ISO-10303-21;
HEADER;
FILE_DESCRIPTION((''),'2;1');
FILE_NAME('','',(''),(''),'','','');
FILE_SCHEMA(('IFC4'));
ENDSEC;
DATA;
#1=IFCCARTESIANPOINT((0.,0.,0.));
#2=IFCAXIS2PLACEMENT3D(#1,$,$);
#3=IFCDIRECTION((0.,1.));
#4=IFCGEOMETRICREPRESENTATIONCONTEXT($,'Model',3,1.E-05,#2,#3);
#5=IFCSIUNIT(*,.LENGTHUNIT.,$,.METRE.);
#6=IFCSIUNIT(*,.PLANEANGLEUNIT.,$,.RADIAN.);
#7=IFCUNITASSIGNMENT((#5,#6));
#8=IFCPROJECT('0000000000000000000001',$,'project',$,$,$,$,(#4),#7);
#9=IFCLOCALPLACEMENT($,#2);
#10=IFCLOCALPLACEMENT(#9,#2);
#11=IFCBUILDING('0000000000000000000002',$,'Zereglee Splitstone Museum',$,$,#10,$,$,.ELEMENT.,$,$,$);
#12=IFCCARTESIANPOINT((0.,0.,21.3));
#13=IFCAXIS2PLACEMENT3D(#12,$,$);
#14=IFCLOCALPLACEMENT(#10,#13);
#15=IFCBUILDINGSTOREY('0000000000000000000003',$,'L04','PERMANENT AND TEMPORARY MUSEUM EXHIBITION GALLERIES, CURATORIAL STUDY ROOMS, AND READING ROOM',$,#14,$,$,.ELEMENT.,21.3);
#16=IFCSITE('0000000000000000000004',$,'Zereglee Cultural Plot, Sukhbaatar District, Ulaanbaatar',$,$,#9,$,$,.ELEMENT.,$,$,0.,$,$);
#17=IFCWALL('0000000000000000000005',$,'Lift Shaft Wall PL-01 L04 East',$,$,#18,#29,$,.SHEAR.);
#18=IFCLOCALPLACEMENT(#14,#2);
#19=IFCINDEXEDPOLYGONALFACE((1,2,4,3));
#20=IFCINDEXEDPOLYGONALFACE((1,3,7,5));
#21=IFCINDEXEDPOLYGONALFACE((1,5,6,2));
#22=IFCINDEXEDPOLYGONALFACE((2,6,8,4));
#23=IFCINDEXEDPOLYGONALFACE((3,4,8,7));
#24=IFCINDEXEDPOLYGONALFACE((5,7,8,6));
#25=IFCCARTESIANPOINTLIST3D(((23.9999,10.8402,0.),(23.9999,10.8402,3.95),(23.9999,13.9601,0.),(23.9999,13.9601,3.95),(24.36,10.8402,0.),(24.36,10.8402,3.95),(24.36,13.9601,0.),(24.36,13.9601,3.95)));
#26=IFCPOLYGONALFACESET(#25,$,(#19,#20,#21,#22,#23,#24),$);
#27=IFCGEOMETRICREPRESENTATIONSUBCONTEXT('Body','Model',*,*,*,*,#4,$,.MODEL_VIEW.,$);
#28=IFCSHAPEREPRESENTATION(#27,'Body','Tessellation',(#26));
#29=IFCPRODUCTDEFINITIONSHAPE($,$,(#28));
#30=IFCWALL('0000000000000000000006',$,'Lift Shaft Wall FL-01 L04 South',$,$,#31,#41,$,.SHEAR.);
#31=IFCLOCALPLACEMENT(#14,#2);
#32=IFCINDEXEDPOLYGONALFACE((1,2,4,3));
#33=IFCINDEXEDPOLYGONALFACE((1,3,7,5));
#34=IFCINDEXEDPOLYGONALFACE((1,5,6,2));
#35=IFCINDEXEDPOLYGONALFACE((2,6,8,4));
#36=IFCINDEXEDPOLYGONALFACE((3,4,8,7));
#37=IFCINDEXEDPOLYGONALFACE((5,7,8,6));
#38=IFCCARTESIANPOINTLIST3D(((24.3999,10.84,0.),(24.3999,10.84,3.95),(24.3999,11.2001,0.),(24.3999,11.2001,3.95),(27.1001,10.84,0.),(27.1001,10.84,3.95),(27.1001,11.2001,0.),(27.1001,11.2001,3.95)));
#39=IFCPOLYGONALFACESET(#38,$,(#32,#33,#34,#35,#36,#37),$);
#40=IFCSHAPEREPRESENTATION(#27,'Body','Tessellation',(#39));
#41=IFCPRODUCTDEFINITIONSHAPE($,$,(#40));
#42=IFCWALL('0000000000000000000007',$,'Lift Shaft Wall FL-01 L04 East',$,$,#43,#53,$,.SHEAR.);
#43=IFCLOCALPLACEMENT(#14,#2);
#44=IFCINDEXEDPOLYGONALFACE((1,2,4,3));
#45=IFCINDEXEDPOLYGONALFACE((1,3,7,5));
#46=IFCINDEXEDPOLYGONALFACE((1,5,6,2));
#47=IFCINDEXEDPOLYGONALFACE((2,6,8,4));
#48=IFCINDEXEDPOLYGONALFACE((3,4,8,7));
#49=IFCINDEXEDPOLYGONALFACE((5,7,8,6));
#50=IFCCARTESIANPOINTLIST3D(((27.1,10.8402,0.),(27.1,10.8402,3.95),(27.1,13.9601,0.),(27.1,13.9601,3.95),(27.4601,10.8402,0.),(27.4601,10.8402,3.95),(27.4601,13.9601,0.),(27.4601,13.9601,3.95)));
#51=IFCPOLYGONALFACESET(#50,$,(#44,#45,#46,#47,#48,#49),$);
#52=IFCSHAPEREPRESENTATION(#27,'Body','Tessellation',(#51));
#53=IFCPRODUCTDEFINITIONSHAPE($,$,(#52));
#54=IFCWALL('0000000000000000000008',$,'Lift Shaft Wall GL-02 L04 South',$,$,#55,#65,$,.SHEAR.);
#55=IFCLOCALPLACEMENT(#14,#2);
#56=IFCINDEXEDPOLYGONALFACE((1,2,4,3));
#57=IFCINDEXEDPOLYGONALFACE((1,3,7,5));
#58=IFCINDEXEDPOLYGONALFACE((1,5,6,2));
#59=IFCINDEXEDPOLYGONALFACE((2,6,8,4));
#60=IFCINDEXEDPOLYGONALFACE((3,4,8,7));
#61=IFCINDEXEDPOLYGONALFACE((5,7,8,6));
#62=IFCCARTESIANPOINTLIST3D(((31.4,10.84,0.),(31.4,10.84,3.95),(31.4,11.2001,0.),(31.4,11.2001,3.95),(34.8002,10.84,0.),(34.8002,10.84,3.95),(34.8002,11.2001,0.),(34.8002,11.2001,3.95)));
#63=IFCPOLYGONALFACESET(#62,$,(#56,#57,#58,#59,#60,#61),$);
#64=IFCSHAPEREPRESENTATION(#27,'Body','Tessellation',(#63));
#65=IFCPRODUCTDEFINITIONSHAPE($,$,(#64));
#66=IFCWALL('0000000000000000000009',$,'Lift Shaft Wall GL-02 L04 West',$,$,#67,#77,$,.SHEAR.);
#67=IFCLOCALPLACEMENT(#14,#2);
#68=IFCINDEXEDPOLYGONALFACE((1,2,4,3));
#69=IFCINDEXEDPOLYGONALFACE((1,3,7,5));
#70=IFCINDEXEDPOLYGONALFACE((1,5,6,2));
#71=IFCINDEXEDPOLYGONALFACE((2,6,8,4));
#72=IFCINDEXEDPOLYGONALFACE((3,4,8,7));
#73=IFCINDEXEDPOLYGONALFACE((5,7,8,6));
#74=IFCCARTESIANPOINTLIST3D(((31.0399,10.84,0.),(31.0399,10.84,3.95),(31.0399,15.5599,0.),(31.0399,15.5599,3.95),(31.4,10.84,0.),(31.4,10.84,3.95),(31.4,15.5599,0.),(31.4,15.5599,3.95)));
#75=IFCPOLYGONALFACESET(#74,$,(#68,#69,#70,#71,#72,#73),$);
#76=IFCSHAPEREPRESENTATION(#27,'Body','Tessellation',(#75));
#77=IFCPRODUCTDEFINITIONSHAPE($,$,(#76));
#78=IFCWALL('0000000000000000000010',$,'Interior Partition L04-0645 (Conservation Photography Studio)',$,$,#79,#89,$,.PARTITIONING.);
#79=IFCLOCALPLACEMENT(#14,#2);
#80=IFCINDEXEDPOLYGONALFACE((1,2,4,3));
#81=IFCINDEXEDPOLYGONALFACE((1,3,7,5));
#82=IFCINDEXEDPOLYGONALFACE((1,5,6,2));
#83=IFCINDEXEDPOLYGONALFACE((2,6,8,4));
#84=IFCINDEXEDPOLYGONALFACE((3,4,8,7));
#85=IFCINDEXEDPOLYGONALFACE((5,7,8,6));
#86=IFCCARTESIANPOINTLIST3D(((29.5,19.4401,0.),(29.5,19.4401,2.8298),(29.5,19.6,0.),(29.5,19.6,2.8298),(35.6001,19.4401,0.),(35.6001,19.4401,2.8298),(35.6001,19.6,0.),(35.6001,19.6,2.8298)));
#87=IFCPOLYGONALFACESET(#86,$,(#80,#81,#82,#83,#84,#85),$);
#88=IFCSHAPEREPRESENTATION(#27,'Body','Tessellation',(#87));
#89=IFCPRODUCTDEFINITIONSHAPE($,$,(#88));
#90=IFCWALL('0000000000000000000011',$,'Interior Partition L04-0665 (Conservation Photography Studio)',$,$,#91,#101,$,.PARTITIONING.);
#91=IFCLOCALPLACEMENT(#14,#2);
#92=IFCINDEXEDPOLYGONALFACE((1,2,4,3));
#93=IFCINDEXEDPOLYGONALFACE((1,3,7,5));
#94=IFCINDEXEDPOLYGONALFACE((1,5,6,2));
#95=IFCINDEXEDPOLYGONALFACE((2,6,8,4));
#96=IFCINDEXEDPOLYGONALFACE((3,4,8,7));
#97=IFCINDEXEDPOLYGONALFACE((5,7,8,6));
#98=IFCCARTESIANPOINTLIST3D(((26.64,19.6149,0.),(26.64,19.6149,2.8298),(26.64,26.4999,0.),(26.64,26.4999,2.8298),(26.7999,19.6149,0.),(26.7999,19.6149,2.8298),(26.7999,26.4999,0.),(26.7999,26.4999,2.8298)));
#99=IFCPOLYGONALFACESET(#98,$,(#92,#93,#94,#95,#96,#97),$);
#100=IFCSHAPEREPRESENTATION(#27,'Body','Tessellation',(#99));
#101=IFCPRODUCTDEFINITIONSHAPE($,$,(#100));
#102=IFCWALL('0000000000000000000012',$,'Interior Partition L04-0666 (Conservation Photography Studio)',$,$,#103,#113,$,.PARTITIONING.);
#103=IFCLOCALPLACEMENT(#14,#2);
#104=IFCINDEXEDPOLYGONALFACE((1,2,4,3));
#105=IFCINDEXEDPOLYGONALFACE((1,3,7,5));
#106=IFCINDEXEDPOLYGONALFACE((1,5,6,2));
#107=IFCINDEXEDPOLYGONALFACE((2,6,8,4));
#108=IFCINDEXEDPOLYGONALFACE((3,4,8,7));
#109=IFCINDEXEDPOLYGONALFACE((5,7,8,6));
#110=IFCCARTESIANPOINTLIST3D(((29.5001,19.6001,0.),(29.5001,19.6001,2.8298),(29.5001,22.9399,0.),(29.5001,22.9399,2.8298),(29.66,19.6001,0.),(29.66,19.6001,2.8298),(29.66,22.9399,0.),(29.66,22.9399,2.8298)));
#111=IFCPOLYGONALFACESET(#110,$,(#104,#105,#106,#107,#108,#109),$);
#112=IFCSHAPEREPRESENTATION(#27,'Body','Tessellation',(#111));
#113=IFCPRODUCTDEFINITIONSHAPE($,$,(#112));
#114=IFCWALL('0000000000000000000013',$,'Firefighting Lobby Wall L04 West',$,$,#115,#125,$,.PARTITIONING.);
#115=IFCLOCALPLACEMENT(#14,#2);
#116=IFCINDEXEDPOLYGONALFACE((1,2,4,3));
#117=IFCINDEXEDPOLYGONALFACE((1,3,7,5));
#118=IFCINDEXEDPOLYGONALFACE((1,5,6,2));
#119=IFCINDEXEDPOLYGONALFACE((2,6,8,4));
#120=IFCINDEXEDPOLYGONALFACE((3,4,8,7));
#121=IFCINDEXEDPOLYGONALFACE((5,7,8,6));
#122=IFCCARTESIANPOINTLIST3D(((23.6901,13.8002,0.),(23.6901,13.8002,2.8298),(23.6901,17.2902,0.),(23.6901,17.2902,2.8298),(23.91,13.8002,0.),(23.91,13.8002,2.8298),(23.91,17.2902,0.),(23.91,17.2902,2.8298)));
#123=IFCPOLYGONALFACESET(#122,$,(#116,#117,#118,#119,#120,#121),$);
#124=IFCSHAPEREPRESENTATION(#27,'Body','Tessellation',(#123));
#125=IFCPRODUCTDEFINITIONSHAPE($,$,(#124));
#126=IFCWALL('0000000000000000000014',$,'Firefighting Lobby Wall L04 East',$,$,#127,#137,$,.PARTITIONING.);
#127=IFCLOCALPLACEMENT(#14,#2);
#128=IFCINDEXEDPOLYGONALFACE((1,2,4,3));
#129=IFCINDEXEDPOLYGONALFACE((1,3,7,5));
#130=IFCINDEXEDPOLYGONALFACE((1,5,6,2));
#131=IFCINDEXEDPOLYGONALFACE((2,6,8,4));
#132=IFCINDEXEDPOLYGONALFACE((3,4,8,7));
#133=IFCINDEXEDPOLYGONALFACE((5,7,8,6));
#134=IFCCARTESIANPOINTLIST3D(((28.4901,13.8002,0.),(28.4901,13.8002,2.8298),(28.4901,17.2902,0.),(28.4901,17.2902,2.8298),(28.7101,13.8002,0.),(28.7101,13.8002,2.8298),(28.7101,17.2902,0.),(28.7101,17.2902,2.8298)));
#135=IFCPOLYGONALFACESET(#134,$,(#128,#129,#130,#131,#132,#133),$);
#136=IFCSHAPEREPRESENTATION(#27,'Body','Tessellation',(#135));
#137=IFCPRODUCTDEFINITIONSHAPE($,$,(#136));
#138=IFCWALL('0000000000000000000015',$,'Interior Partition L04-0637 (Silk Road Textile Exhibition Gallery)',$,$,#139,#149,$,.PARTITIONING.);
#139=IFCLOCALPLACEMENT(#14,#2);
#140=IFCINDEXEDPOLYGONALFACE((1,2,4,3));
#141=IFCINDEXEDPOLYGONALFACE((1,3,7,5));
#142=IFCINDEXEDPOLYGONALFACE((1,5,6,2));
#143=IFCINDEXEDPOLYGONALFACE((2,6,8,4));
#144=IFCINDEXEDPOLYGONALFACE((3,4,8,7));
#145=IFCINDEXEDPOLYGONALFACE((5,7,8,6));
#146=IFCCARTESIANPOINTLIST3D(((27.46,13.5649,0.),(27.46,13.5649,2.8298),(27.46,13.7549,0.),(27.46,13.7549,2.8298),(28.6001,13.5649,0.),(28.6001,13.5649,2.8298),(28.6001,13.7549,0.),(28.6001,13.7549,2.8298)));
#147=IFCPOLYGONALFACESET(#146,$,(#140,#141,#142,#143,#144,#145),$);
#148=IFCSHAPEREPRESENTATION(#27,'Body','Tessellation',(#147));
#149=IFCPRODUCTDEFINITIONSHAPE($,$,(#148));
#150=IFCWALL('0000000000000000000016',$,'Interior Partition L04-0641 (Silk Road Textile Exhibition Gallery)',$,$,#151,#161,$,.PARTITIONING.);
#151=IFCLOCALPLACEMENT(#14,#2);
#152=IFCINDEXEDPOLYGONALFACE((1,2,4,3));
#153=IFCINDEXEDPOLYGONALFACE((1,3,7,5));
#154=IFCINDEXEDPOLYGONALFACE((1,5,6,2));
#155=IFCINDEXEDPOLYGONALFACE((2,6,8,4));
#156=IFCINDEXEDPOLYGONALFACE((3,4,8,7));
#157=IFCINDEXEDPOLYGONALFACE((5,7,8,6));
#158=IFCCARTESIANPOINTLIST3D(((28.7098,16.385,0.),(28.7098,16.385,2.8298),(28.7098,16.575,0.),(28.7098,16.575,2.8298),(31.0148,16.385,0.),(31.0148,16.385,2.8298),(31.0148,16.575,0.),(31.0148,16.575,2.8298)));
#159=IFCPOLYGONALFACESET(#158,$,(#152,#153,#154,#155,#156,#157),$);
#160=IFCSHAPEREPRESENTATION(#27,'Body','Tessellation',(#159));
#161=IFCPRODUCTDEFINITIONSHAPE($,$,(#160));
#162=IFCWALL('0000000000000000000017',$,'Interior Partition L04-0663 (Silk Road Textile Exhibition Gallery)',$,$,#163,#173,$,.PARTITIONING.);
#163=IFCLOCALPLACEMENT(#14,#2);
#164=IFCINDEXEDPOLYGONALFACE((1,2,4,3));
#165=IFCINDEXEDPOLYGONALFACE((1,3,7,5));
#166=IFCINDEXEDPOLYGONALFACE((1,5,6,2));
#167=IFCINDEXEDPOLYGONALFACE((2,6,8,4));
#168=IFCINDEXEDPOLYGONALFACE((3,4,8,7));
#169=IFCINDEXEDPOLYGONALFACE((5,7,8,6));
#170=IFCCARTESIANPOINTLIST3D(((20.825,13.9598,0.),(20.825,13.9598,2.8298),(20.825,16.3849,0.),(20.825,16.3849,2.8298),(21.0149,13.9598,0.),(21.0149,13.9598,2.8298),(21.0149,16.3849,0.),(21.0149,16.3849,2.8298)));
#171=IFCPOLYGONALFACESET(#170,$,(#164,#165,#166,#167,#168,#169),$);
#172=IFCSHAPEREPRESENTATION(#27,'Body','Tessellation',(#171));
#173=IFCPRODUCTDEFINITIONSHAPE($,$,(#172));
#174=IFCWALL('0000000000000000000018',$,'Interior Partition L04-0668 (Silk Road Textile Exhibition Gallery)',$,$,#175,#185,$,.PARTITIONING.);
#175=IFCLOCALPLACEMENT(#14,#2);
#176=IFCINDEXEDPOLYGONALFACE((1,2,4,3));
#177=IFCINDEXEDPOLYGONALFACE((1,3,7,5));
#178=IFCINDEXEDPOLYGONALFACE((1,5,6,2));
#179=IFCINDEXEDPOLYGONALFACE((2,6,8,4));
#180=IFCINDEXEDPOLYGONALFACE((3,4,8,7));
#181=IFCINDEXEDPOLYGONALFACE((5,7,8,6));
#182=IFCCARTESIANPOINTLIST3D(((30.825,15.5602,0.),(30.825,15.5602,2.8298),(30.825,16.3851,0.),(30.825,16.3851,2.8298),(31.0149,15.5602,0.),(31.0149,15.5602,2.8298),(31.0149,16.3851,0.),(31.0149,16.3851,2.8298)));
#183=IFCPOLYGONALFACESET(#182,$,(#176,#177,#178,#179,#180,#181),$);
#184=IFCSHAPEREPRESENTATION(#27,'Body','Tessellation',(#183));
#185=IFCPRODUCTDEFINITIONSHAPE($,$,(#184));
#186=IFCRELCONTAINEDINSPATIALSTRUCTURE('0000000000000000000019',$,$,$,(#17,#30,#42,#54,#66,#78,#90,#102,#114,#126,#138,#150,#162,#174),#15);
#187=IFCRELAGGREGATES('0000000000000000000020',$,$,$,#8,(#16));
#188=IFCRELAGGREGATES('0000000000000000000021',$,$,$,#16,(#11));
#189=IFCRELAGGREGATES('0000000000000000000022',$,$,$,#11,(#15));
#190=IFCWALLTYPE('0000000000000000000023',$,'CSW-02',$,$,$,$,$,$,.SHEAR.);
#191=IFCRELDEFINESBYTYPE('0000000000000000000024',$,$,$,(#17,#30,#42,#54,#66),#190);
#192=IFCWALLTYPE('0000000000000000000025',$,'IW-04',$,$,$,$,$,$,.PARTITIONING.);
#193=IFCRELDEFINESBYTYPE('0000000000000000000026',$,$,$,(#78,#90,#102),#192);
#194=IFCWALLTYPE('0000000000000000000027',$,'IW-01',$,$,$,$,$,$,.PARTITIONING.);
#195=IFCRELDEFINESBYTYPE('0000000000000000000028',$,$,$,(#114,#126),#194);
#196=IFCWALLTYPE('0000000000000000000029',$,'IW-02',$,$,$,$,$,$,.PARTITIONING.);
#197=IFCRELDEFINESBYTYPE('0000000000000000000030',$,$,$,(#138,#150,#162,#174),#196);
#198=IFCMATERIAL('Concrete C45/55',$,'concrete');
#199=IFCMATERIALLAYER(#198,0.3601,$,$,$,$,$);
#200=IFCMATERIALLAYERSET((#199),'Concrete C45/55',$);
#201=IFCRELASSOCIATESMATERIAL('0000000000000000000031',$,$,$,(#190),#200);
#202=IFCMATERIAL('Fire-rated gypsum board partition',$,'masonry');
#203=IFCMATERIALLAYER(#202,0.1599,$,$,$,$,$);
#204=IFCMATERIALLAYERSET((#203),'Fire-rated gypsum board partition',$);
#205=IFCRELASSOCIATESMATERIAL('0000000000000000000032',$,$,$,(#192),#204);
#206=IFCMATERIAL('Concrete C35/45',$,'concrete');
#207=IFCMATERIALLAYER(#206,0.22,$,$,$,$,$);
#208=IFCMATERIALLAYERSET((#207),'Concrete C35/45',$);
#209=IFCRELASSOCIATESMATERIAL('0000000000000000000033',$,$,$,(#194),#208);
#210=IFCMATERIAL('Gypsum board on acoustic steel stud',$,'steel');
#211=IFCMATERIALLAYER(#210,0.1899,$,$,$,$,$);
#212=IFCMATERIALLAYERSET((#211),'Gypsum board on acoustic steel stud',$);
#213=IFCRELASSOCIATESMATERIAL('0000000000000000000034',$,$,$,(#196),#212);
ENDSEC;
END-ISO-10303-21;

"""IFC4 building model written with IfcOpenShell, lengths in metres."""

from ifc_helpers import new_model, si_unit, direction, frame, frame_2d, origin, place, context, subcontext, project, spatial, rectangle, extrude, material, layer, layer_set, type_object, element, save


model = new_model("IFC4")

# Units and contexts
model_context = context("Model", 3, precision=1e-05, world=origin(), true_north=direction((0.0, 1.0)))
body_context = subcontext(model_context, "Body", "Model", "MODEL_VIEW")
ifc_project = project(units=[si_unit("LENGTHUNIT", "METRE"), si_unit("PLANEANGLEUNIT", "RADIAN")], contexts=[model_context])

# Site, building, storey
site_placement = place(None, origin())
site = spatial("IfcSite", under=ifc_project, at=site_placement, Name="Zereglee Cultural Plot, Sukhbaatar District, Ulaanbaatar", CompositionType="ELEMENT", RefElevation=0.0)
building_placement = place(site_placement, origin())
building = spatial("IfcBuilding", under=site, at=building_placement, Name="Zereglee Splitstone Museum", CompositionType="ELEMENT")
storey_placement = place(building_placement, frame((0.0, 0.0, 21.3)))
storey = spatial("IfcBuildingStorey", under=building, at=storey_placement, Name="L04", Description="PERMANENT AND TEMPORARY MUSEUM EXHIBITION GALLERIES, CURATORIAL STUDY ROOMS, AND READING ROOM", CompositionType="ELEMENT", Elevation=21.3)

# Shared definitions
ifc_material_1 = material(Name="Concrete C45/55", Category="concrete")
ifc_layer_1 = layer(ifc_material_1, 0.3601)
ifc_layer_set_1 = layer_set([ifc_layer_1], Name="Concrete C45/55")
wall_type_1 = type_object("IfcWallType", Name="CSW-02", PredefinedType="SHEAR", material=ifc_layer_set_1)

# Wall
for number, where, z_axis, x_axis, name in (
    (1, (24.1799, 10.8401, 0.0), (0.0, 0.0, 1.0), (0.0, 1.0, 0.0), "Lift Shaft Wall PL-01 L04 East"),
):
    element("IfcWall", number, at=place(storey_placement, frame(where, z_axis=z_axis, x_axis=x_axis)), inside=storey, type_object=wall_type_1, Name=name, PredefinedType="SHEAR", context=body_context, shape_type="SweptSolid", body=[
        extrude(rectangle(XDim=3.1199, YDim=0.3601, at=frame_2d((1.5601, 0.0))), origin(), (0.0, 0.0, 1.0), 3.95),
    ])

# Walls
wall_1_placement = place(storey_placement, frame((24.3999, 11.02, 0.0), z_axis=(0.0, 0.0, 1.0), x_axis=(1.0, 0.0, 0.0)))
element("IfcWall", 2, at=wall_1_placement, inside=storey, type_object=wall_type_1, Name="Lift Shaft Wall FL-01 L04 South", PredefinedType="SHEAR", context=body_context, shape_type="SweptSolid", body=[
    extrude(rectangle(XDim=2.7002, YDim=0.3601, at=frame_2d((1.3501, 0.0))), origin(), (0.0, 0.0, 1.0), 3.95),
])
wall_2_placement = place(storey_placement, frame((27.28, 10.8401, 0.0), z_axis=(0.0, 0.0, 1.0), x_axis=(0.0, 1.0, 0.0)))
element("IfcWall", 3, at=wall_2_placement, inside=storey, type_object=wall_type_1, Name="Lift Shaft Wall FL-01 L04 East", PredefinedType="SHEAR", context=body_context, shape_type="SweptSolid", body=[
    extrude(rectangle(XDim=3.1199, YDim=0.3601, at=frame_2d((1.5601, 0.0))), origin(), (0.0, 0.0, 1.0), 3.95),
])

# Walls
wall_3_placement = place(storey_placement, frame((31.3999, 11.02, 0.0), z_axis=(0.0, 0.0, 1.0), x_axis=(1.0, 0.0, 0.0)))
element("IfcWall", 4, at=wall_3_placement, inside=storey, type_object=wall_type_1, Name="Lift Shaft Wall GL-02 L04 South", PredefinedType="SHEAR", context=body_context, shape_type="SweptSolid", body=[
    extrude(rectangle(XDim=3.4001, YDim=0.3601, at=frame_2d((1.7002, 0.0))), origin(), (0.0, 0.0, 1.0), 3.95),
])
wall_4_placement = place(storey_placement, frame((31.22, 10.8401, 0.0), z_axis=(0.0, 0.0, 1.0), x_axis=(0.0, 1.0, 0.0)))
element("IfcWall", 5, at=wall_4_placement, inside=storey, type_object=wall_type_1, Name="Lift Shaft Wall GL-02 L04 West", PredefinedType="SHEAR", context=body_context, shape_type="SweptSolid", body=[
    extrude(rectangle(XDim=4.72, YDim=0.3601, at=frame_2d((2.3599, 0.0))), origin(), (0.0, 0.0, 1.0), 3.95),
])
ifc_material_2 = material(Name="Fire-rated gypsum board partition", Category="masonry")
ifc_layer_2 = layer(ifc_material_2, 0.1599)
ifc_layer_set_2 = layer_set([ifc_layer_2], Name="Fire-rated gypsum board partition")
wall_type_2 = type_object("IfcWallType", Name="IW-04", PredefinedType="PARTITIONING", material=ifc_layer_set_2)
wall_5_placement = place(storey_placement, frame((29.5, 19.52, 0.0), z_axis=(0.0, 0.0, 1.0), x_axis=(1.0, 0.0, 0.0)))
element("IfcWall", 6, at=wall_5_placement, inside=storey, type_object=wall_type_2, Name="Interior Partition L04-0645 (Conservation Photography Studio)", PredefinedType="PARTITIONING", context=body_context, shape_type="SweptSolid", body=[
    extrude(rectangle(XDim=6.1001, YDim=0.1599, at=frame_2d((3.05, 0.0))), origin(), (0.0, 0.0, 1.0), 2.8298),
])
wall_6_placement = place(storey_placement, frame((26.72, 19.615, 0.0), z_axis=(0.0, 0.0, 1.0), x_axis=(0.0, 1.0, 0.0)))
element("IfcWall", 7, at=wall_6_placement, inside=storey, type_object=wall_type_2, Name="Interior Partition L04-0665 (Conservation Photography Studio)", PredefinedType="PARTITIONING", context=body_context, shape_type="SweptSolid", body=[
    extrude(rectangle(XDim=6.885, YDim=0.1599, at=frame_2d((3.4424, 0.0))), origin(), (0.0, 0.0, 1.0), 2.8298),
])
wall_7_placement = place(storey_placement, frame((29.5801, 19.6001, 0.0), z_axis=(0.0, 0.0, 1.0), x_axis=(0.0, 1.0, 0.0)))
element("IfcWall", 8, at=wall_7_placement, inside=storey, type_object=wall_type_2, Name="Interior Partition L04-0666 (Conservation Photography Studio)", PredefinedType="PARTITIONING", context=body_context, shape_type="SweptSolid", body=[
    extrude(rectangle(XDim=3.3398, YDim=0.1599, at=frame_2d((1.6699, 0.0))), origin(), (0.0, 0.0, 1.0), 2.8298),
])

# Shared definitions
ifc_material_3 = material(Name="Concrete C35/45", Category="concrete")
ifc_layer_3 = layer(ifc_material_3, 0.22)
ifc_layer_set_3 = layer_set([ifc_layer_3], Name="Concrete C35/45")
wall_type_3 = type_object("IfcWallType", Name="IW-01", PredefinedType="PARTITIONING", material=ifc_layer_set_3)

# Walls
for number, where, z_axis, x_axis, name in (
    (9, (23.8, 13.8, 0.0), (0.0, 0.0, 1.0), (0.0, 1.0, 0.0), "Firefighting Lobby Wall L04 West"),
    (10, (28.6001, 13.8, 0.0), (0.0, 0.0, 1.0), (0.0, 1.0, 0.0), "Firefighting Lobby Wall L04 East"),
):
    element("IfcWall", number, at=place(storey_placement, frame(where, z_axis=z_axis, x_axis=x_axis)), inside=storey, type_object=wall_type_3, Name=name, PredefinedType="PARTITIONING", context=body_context, shape_type="SweptSolid", body=[
        extrude(rectangle(XDim=3.49, YDim=0.22, at=frame_2d((1.7451, 0.0))), origin(), (0.0, 0.0, 1.0), 2.8298),
    ])
ifc_material_4 = material(Name="Gypsum board on acoustic steel stud", Category="steel")
ifc_layer_4 = layer(ifc_material_4, 0.1899)
ifc_layer_set_4 = layer_set([ifc_layer_4], Name="Gypsum board on acoustic steel stud")
wall_type_4 = type_object("IfcWallType", Name="IW-02", PredefinedType="PARTITIONING", material=ifc_layer_set_4)
wall_8_placement = place(storey_placement, frame((27.46, 13.6599, 0.0), z_axis=(0.0, 0.0, 1.0), x_axis=(1.0, 0.0, 0.0)))
element("IfcWall", 11, at=wall_8_placement, inside=storey, type_object=wall_type_4, Name="Interior Partition L04-0637 (Silk Road Textile Exhibition Gallery)", PredefinedType="PARTITIONING", context=body_context, shape_type="SweptSolid", body=[
    extrude(rectangle(XDim=1.1401, YDim=0.1899, at=frame_2d((0.5701, 0.0))), origin(), (0.0, 0.0, 1.0), 2.8298),
])
wall_9_placement = place(storey_placement, frame((28.71, 16.48, 0.0), z_axis=(0.0, 0.0, 1.0), x_axis=(1.0, 0.0, 0.0)))
element("IfcWall", 12, at=wall_9_placement, inside=storey, type_object=wall_type_4, Name="Interior Partition L04-0641 (Silk Road Textile Exhibition Gallery)", PredefinedType="PARTITIONING", context=body_context, shape_type="SweptSolid", body=[
    extrude(rectangle(XDim=2.3049, YDim=0.1899, at=frame_2d((1.1523, 0.0))), origin(), (0.0, 0.0, 1.0), 2.8298),
])
wall_10_placement = place(storey_placement, frame((20.9199, 13.96, 0.0), z_axis=(0.0, 0.0, 1.0), x_axis=(0.0, 1.0, 0.0)))
element("IfcWall", 13, at=wall_10_placement, inside=storey, type_object=wall_type_4, Name="Interior Partition L04-0663 (Silk Road Textile Exhibition Gallery)", PredefinedType="PARTITIONING", context=body_context, shape_type="SweptSolid", body=[
    extrude(rectangle(XDim=2.425, YDim=0.1899, at=frame_2d((1.2124, 0.0))), origin(), (0.0, 0.0, 1.0), 2.8298),
])
wall_11_placement = place(storey_placement, frame((30.9199, 15.5601, 0.0), z_axis=(0.0, 0.0, 1.0), x_axis=(0.0, 1.0, 0.0)))
element("IfcWall", 14, at=wall_11_placement, inside=storey, type_object=wall_type_4, Name="Interior Partition L04-0668 (Silk Road Textile Exhibition Gallery)", PredefinedType="PARTITIONING", context=body_context, shape_type="SweptSolid", body=[
    extrude(rectangle(XDim=0.825, YDim=0.1899, at=frame_2d((0.4126, 0.0))), origin(), (0.0, 0.0, 1.0), 2.8298),
])

save(model, "model.ifc")
